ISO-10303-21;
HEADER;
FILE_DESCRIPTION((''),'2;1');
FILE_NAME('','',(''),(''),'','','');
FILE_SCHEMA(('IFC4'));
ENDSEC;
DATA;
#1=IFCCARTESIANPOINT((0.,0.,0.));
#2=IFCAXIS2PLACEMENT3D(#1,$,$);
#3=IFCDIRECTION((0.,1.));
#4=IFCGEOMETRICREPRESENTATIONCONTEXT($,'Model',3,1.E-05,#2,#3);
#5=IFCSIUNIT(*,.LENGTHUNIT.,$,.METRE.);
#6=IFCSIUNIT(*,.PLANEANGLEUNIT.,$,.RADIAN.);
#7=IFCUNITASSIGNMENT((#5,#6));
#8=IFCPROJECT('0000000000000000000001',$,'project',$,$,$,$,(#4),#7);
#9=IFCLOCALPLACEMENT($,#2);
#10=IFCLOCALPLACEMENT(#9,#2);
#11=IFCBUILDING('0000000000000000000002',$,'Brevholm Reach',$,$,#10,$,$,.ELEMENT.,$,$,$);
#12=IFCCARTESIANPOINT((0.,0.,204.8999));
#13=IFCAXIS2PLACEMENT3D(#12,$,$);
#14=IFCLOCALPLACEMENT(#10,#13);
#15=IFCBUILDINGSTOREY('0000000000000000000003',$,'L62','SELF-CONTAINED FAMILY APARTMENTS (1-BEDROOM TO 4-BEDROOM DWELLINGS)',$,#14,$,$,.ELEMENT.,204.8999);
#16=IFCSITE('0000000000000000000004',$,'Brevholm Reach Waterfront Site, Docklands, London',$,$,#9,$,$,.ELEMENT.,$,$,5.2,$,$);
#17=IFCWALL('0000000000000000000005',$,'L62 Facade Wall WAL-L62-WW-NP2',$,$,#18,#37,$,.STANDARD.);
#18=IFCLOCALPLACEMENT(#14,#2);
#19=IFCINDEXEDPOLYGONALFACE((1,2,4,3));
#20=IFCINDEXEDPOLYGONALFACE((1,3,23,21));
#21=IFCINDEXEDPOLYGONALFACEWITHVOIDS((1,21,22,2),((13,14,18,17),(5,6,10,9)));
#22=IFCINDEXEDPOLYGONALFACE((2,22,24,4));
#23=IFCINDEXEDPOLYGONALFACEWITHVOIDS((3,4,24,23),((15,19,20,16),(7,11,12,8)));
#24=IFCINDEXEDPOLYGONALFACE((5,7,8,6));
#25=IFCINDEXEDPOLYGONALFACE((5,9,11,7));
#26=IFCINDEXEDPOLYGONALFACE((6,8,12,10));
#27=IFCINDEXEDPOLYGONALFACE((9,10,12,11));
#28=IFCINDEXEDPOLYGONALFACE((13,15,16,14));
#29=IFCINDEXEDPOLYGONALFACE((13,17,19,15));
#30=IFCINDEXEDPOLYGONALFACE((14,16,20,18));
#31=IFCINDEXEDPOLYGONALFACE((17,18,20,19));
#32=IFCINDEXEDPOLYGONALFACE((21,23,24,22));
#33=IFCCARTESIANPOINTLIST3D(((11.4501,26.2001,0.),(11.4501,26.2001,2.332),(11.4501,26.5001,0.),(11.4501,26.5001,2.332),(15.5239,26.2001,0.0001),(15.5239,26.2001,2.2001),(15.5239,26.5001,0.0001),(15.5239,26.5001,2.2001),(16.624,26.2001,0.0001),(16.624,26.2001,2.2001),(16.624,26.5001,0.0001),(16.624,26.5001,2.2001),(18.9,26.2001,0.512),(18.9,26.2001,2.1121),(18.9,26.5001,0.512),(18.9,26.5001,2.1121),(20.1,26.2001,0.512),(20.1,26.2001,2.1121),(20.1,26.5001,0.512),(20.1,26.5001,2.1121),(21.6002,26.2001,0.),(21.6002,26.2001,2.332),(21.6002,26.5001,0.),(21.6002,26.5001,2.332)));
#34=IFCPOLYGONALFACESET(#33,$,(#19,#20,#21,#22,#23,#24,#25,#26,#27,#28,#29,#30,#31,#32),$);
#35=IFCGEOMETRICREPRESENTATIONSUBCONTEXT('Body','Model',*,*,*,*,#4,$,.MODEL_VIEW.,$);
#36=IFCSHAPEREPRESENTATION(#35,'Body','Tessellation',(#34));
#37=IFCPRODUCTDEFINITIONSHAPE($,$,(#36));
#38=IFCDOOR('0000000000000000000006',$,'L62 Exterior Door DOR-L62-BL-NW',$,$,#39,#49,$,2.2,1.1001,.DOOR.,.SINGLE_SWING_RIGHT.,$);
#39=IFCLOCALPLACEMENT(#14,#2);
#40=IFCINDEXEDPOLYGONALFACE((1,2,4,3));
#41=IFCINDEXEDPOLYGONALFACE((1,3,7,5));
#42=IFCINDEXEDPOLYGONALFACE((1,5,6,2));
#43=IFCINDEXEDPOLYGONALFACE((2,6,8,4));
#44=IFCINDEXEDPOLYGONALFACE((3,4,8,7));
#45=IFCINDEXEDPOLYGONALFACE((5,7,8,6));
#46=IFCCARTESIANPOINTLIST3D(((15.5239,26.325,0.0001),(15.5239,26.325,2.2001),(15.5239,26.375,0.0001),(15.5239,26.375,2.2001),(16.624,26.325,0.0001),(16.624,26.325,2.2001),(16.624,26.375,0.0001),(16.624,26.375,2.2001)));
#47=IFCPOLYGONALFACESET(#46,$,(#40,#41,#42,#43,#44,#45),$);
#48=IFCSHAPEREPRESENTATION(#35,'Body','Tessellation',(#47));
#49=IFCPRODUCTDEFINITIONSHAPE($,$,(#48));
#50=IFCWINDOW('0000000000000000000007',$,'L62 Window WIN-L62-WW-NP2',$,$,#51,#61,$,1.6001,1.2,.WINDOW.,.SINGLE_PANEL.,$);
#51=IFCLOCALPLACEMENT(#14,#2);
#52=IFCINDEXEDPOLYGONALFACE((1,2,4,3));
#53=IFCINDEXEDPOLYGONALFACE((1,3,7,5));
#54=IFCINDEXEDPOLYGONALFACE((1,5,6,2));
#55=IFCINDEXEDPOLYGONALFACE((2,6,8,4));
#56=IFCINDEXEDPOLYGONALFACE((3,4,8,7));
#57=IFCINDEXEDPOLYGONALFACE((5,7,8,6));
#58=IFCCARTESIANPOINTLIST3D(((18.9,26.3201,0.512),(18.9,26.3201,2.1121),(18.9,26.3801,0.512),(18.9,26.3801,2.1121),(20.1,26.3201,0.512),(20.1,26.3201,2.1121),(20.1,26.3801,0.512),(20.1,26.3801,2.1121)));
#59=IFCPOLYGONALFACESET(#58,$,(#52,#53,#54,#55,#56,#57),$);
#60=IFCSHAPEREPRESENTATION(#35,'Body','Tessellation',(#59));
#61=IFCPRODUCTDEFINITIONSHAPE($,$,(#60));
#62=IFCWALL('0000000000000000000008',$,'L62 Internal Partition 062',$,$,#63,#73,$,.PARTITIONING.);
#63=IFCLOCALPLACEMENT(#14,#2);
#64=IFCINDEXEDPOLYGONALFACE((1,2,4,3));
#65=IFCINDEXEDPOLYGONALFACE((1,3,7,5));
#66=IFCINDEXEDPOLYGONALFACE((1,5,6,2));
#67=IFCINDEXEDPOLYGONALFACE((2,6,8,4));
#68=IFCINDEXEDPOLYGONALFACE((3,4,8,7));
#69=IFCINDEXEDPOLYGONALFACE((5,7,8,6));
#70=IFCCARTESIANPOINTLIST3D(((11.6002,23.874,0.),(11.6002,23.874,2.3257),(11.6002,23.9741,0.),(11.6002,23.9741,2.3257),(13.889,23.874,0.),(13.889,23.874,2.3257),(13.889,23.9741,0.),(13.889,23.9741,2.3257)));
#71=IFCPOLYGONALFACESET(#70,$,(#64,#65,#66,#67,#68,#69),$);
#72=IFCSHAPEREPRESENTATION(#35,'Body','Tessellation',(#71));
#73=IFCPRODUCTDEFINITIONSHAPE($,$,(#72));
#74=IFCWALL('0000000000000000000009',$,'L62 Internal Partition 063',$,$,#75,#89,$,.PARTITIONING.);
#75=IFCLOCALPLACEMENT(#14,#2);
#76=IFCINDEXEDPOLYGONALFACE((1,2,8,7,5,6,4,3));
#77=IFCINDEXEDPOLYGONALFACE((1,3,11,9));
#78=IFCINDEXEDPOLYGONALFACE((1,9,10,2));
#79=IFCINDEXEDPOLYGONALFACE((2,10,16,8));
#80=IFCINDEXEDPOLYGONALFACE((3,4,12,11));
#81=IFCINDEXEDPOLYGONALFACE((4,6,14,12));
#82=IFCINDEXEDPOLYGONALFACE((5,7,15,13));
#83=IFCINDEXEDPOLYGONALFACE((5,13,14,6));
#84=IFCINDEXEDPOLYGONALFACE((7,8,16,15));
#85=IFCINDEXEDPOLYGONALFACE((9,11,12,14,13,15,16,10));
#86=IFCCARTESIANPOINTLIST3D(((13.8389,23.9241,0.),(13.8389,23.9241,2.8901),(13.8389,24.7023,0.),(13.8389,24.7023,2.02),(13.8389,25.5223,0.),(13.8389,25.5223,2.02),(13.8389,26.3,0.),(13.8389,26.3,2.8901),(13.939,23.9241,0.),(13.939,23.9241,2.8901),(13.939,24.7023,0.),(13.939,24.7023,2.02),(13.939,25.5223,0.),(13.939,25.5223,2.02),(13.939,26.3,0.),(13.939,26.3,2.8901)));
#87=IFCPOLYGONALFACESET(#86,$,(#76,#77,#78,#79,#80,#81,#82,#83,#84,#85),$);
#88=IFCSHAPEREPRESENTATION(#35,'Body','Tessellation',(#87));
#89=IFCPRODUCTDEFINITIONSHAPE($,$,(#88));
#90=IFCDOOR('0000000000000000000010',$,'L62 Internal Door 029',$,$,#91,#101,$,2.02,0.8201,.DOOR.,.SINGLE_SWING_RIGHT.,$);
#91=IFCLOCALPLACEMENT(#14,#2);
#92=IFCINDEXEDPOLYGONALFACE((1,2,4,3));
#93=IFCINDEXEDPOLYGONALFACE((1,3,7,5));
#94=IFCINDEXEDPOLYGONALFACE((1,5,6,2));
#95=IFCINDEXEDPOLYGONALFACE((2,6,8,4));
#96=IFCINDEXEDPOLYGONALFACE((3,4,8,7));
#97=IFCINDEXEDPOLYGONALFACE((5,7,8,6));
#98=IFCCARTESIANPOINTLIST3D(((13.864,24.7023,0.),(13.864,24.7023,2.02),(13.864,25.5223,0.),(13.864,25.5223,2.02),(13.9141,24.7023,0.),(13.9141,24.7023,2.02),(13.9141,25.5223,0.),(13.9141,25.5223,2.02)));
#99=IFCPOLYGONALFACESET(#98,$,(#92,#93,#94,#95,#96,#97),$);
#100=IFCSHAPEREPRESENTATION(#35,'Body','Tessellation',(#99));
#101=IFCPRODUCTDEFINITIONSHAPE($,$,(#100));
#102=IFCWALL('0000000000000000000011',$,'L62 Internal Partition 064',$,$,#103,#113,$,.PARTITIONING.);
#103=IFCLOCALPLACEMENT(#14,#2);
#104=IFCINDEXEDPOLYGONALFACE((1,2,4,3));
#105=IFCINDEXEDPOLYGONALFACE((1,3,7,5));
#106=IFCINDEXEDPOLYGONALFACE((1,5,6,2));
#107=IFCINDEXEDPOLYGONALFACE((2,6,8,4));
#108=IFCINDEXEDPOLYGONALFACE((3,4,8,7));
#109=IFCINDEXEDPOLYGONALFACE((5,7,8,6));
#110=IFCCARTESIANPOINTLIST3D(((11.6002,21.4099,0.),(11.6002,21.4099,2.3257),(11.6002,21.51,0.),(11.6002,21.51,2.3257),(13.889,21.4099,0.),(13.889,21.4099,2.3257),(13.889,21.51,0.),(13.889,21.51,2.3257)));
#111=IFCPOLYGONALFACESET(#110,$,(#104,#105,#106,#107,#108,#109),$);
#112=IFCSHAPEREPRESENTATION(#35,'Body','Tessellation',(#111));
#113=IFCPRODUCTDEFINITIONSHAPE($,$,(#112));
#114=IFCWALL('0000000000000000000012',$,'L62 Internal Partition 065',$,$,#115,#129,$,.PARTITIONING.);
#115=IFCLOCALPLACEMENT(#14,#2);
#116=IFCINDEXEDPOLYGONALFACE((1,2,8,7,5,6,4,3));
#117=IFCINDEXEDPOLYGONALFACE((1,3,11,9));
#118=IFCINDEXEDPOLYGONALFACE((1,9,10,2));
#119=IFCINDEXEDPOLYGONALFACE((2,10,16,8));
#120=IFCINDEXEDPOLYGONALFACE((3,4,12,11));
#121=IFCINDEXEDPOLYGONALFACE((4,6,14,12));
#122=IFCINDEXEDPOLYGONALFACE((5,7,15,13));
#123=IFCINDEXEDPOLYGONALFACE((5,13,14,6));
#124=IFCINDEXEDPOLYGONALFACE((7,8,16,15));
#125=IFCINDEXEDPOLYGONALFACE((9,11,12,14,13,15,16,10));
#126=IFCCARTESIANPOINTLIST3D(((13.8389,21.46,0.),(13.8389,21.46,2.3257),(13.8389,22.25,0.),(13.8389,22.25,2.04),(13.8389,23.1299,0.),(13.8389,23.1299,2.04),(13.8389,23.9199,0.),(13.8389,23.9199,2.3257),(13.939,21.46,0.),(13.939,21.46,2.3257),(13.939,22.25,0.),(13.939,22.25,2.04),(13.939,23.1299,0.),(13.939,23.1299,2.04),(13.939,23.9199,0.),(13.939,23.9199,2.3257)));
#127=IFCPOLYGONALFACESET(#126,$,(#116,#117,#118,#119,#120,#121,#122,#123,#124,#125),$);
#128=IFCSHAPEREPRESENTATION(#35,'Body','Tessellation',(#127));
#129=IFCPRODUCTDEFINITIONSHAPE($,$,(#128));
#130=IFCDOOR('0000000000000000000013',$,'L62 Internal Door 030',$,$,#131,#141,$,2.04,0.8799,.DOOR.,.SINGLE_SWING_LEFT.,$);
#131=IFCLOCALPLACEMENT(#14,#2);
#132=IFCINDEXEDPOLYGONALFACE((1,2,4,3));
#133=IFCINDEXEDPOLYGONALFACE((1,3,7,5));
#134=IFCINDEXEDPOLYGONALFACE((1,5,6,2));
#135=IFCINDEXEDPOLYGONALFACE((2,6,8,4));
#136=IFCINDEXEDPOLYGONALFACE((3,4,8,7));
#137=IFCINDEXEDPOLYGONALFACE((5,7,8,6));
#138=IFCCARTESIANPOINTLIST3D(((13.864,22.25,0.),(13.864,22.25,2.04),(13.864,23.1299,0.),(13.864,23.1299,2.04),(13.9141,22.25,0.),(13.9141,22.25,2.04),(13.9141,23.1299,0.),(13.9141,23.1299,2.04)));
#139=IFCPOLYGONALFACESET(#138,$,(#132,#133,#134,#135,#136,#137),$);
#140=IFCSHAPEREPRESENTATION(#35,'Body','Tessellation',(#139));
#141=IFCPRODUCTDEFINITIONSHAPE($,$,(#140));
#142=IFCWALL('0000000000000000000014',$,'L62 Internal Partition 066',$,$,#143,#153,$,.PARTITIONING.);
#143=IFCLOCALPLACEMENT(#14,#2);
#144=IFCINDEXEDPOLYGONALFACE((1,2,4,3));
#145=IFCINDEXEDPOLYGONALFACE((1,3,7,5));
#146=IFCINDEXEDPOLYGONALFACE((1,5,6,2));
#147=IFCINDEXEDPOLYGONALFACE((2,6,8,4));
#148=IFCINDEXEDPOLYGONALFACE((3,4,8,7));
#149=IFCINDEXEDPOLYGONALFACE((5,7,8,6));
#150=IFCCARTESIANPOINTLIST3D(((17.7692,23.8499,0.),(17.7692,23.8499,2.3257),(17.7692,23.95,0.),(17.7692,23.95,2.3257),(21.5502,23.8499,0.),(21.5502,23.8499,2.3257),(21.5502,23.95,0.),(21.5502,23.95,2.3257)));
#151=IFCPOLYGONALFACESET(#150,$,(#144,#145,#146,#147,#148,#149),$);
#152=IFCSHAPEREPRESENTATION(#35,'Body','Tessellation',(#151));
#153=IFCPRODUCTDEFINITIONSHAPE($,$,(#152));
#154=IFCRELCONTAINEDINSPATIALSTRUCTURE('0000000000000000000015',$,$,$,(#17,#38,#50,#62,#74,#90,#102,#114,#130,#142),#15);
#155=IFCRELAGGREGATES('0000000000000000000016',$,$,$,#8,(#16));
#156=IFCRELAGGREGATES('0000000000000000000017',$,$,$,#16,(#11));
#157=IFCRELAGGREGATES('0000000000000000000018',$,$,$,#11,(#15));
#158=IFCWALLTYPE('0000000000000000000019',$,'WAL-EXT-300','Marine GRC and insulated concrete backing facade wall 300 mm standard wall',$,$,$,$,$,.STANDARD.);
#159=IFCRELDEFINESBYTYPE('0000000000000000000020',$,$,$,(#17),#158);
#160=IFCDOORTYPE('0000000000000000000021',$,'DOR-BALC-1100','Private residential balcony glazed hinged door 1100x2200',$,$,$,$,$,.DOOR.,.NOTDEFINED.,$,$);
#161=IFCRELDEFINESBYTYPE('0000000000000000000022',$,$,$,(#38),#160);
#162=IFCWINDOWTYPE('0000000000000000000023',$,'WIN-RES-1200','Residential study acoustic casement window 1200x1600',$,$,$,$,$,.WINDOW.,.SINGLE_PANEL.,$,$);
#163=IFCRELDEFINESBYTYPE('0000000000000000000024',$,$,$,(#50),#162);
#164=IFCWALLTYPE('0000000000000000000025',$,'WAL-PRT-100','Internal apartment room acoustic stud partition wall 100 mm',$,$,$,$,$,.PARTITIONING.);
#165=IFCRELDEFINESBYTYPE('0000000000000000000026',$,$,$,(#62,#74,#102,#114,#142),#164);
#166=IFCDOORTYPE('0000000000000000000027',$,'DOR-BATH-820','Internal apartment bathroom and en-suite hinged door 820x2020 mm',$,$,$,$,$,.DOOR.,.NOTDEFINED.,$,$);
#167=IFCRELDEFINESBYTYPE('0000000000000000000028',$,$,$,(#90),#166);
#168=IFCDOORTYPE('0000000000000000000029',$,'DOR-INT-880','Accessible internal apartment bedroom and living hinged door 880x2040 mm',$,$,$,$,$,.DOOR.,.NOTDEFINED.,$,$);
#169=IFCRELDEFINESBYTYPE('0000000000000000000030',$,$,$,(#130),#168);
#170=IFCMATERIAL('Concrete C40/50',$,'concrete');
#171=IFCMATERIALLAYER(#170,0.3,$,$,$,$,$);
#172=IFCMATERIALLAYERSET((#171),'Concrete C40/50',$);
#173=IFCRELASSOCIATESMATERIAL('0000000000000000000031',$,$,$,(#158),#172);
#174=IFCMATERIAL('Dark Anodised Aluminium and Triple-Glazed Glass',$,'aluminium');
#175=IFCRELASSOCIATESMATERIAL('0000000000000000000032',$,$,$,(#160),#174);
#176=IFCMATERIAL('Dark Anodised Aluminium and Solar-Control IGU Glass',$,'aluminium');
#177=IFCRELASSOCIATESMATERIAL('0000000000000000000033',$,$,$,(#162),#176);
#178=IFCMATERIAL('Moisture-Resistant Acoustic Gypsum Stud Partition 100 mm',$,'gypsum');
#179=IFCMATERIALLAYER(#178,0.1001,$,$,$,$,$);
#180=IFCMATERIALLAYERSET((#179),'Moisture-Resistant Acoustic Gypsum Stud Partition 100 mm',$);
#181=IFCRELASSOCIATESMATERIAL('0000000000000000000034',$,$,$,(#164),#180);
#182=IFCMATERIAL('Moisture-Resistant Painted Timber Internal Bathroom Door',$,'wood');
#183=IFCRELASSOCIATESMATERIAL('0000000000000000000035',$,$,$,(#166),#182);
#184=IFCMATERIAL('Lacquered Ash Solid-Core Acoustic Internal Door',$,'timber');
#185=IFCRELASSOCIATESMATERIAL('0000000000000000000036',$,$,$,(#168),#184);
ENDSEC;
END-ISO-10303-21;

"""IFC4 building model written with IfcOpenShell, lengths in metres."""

from ifc_helpers import new_model, si_unit, direction, frame, frame_2d, origin, place, context, subcontext, project, spatial, rectangle, extrude, material, layer, layer_set, type_object, element, fill, save


model = new_model("IFC4")

# Units and contexts
model_context = context("Model", 3, precision=1e-05, world=origin(), true_north=direction((0.0, 1.0)))
body_context = subcontext(model_context, "Body", "Model", "MODEL_VIEW")
ifc_project = project(units=[si_unit("LENGTHUNIT", "METRE"), si_unit("PLANEANGLEUNIT", "RADIAN")], contexts=[model_context])

# Site, building, storey
site_placement = place(None, origin())
site = spatial("IfcSite", under=ifc_project, at=site_placement, Name="Brevholm Reach Waterfront Site, Docklands, London", CompositionType="ELEMENT", RefElevation=5.2)
building_placement = place(site_placement, origin())
building = spatial("IfcBuilding", under=site, at=building_placement, Name="Brevholm Reach", CompositionType="ELEMENT")
storey_placement = place(building_placement, frame((0.0, 0.0, 204.8999)))
storey = spatial("IfcBuildingStorey", under=building, at=storey_placement, Name="L62", Description="SELF-CONTAINED FAMILY APARTMENTS (1-BEDROOM TO 4-BEDROOM DWELLINGS)", CompositionType="ELEMENT", Elevation=204.8999)

# Wall, openings, door, window
ifc_material_1 = material(Name="Concrete C40/50", Category="concrete")
ifc_layer_1 = layer(ifc_material_1, 0.3)
ifc_layer_set_1 = layer_set([ifc_layer_1], Name="Concrete C40/50")
wall_type_1 = type_object("IfcWallType", Name="WAL-EXT-300", Description="Marine GRC and insulated concrete backing facade wall 300 mm standard wall", PredefinedType="STANDARD", material=ifc_layer_set_1)
wall_1_placement = place(storey_placement, frame((11.45, 26.3501, 0.0), z_axis=(0.0, 0.0, 1.0), x_axis=(1.0, 0.0, 0.0)))
wall_1 = element("IfcWall", 1, at=wall_1_placement, inside=storey, type_object=wall_type_1, Name="L62 Facade Wall WAL-L62-WW-NP2", PredefinedType="STANDARD", context=body_context, shape_type="SweptSolid", body=[
    extrude(rectangle(XDim=10.1501, YDim=0.3, at=frame_2d((5.0752, 0.0))), origin(), (0.0, 0.0, 1.0), 2.332),
])
opening_1_placement = place(wall_1_placement, frame((4.074, 0.0, 0.0)))
opening_1 = element("IfcOpeningElement", 2, at=opening_1_placement, cuts=wall_1, PredefinedType="OPENING", context=body_context, shape_type="SweptSolid", body=[
    extrude(rectangle(XDim=1.1001, YDim=2.2, at=frame_2d((0.55, 1.1001))), frame((0.0, 0.1599, 0.0), z_axis=(0.0, -1.0, 0.0), x_axis=(1.0, 0.0, 0.0)), (0.0, 0.0, 1.0), 0.3201),
])
opening_2_placement = place(wall_1_placement, frame((7.45, 0.0, 0.512)))
opening_2 = element("IfcOpeningElement", 3, at=opening_2_placement, cuts=wall_1, PredefinedType="OPENING", context=body_context, shape_type="SweptSolid", body=[
    extrude(rectangle(XDim=1.2, YDim=1.6001, at=frame_2d((0.6001, 0.8))), frame((0.0, 0.1599, 0.0), z_axis=(0.0, -1.0, 0.0), x_axis=(1.0, 0.0, 0.0)), (0.0, 0.0, 1.0), 0.3201),
])
ifc_material_2 = material(Name="Dark Anodised Aluminium and Triple-Glazed Glass", Category="aluminium")
door_type_1 = type_object("IfcDoorType", Name="DOR-BALC-1100", Description="Private residential balcony glazed hinged door 1100x2200", OperationType="NOTDEFINED", PredefinedType="DOOR", material=ifc_material_2)
door_1_placement = place(opening_1_placement, origin())
door_1 = element("IfcDoor", 4, at=door_1_placement, inside=storey, type_object=door_type_1, Name="L62 Exterior Door DOR-L62-BL-NW", OperationType="SINGLE_SWING_RIGHT", OverallHeight=2.2, OverallWidth=1.1001, PredefinedType="DOOR", context=body_context, shape_type="SweptSolid", body=[
    extrude(rectangle(XDim=1.1001, YDim=2.2, at=frame_2d((0.55, 1.1001))), frame((0.0, 0.0249, 0.0), z_axis=(0.0, -1.0, 0.0), x_axis=(1.0, 0.0, 0.0)), (0.0, 0.0, 1.0), 0.05),
])
fill(opening_1, door_1)
ifc_material_3 = material(Name="Dark Anodised Aluminium and Solar-Control IGU Glass", Category="aluminium")
window_type = type_object("IfcWindowType", Name="WIN-RES-1200", Description="Residential study acoustic casement window 1200x1600", PartitioningType="SINGLE_PANEL", PredefinedType="WINDOW", material=ifc_material_3)
window_placement = place(opening_2_placement, origin())
window = element("IfcWindow", 5, at=window_placement, inside=storey, type_object=window_type, Name="L62 Window WIN-L62-WW-NP2", OverallHeight=1.6001, OverallWidth=1.2, PartitioningType="SINGLE_PANEL", PredefinedType="WINDOW", context=body_context, shape_type="SweptSolid", body=[
    extrude(rectangle(XDim=1.2, YDim=1.6001, at=frame_2d((0.6001, 0.8))), frame((0.0, 0.03, 0.0), z_axis=(0.0, -1.0, 0.0), x_axis=(1.0, 0.0, 0.0)), (0.0, 0.0, 1.0), 0.0601),
])
fill(opening_2, window)

# Wall
ifc_material_4 = material(Name="Moisture-Resistant Acoustic Gypsum Stud Partition 100 mm", Category="gypsum")
ifc_layer_2 = layer(ifc_material_4, 0.1001)
ifc_layer_set_2 = layer_set([ifc_layer_2], Name="Moisture-Resistant Acoustic Gypsum Stud Partition 100 mm")
wall_type_2 = type_object("IfcWallType", Name="WAL-PRT-100", Description="Internal apartment room acoustic stud partition wall 100 mm", PredefinedType="PARTITIONING", material=ifc_layer_set_2)
wall_2_placement = place(storey_placement, frame((11.6001, 23.9241, 0.0), z_axis=(0.0, 0.0, 1.0), x_axis=(1.0, 0.0, 0.0)))
element("IfcWall", 6, at=wall_2_placement, inside=storey, type_object=wall_type_2, Name="L62 Internal Partition 062", PredefinedType="PARTITIONING", context=body_context, shape_type="SweptSolid", body=[
    extrude(rectangle(XDim=2.2888, YDim=0.1001, at=frame_2d((1.1445, 0.0))), origin(), (0.0, 0.0, 1.0), 2.3257),
])

# Wall, opening, door
wall_3_placement = place(storey_placement, frame((13.8889, 23.9241, 0.0), z_axis=(0.0, 0.0, 1.0), x_axis=(0.0, 1.0, 0.0)))
wall_3 = element("IfcWall", 7, at=wall_3_placement, inside=storey, type_object=wall_type_2, Name="L62 Internal Partition 063", PredefinedType="PARTITIONING", context=body_context, shape_type="SweptSolid", body=[
    extrude(rectangle(XDim=2.376, YDim=0.1001, at=frame_2d((1.188, 0.0))), origin(), (0.0, 0.0, 1.0), 2.8901),
])
opening_3_placement = place(wall_3_placement, frame((0.7781, 0.0, 0.0)))
opening_3 = element("IfcOpeningElement", 8, at=opening_3_placement, cuts=wall_3, PredefinedType="OPENING", context=body_context, shape_type="SweptSolid", body=[
    extrude(rectangle(XDim=0.8201, YDim=2.02, at=frame_2d((0.4102, 1.01))), frame((0.0, 0.0601, 0.0), z_axis=(0.0, -1.0, 0.0), x_axis=(1.0, 0.0, 0.0)), (0.0, 0.0, 1.0), 0.1201),
])
ifc_material_5 = material(Name="Moisture-Resistant Painted Timber Internal Bathroom Door", Category="wood")
door_type_2 = type_object("IfcDoorType", Name="DOR-BATH-820", Description="Internal apartment bathroom and en-suite hinged door 820x2020 mm", OperationType="NOTDEFINED", PredefinedType="DOOR", material=ifc_material_5)
door_2_placement = place(opening_3_placement, origin())
door_2 = element("IfcDoor", 9, at=door_2_placement, inside=storey, type_object=door_type_2, Name="L62 Internal Door 029", OperationType="SINGLE_SWING_RIGHT", OverallHeight=2.02, OverallWidth=0.8201, PredefinedType="DOOR", context=body_context, shape_type="SweptSolid", body=[
    extrude(rectangle(XDim=0.8201, YDim=2.02, at=frame_2d((0.4102, 1.01))), frame((0.0, 0.0249, 0.0), z_axis=(0.0, -1.0, 0.0), x_axis=(1.0, 0.0, 0.0)), (0.0, 0.0, 1.0), 0.05),
])
fill(opening_3, door_2)

# Wall
wall_4_placement = place(storey_placement, frame((11.6001, 21.46, 0.0), z_axis=(0.0, 0.0, 1.0), x_axis=(1.0, 0.0, 0.0)))
element("IfcWall", 10, at=wall_4_placement, inside=storey, type_object=wall_type_2, Name="L62 Internal Partition 064", PredefinedType="PARTITIONING", context=body_context, shape_type="SweptSolid", body=[
    extrude(rectangle(XDim=2.2888, YDim=0.1001, at=frame_2d((1.1445, 0.0))), origin(), (0.0, 0.0, 1.0), 2.3257),
])

# Wall, opening, door
wall_5_placement = place(storey_placement, frame((13.8889, 21.46, 0.0), z_axis=(0.0, 0.0, 1.0), x_axis=(0.0, 1.0, 0.0)))
wall_5 = element("IfcWall", 11, at=wall_5_placement, inside=storey, type_object=wall_type_2, Name="L62 Internal Partition 065", PredefinedType="PARTITIONING", context=body_context, shape_type="SweptSolid", body=[
    extrude(rectangle(XDim=2.46, YDim=0.1001, at=frame_2d((1.23, 0.0))), origin(), (0.0, 0.0, 1.0), 2.3257),
])
opening_4_placement = place(wall_5_placement, frame((0.79, 0.0, 0.0)))
opening_4 = element("IfcOpeningElement", 12, at=opening_4_placement, cuts=wall_5, PredefinedType="OPENING", context=body_context, shape_type="SweptSolid", body=[
    extrude(rectangle(XDim=0.8799, YDim=2.04, at=frame_2d((0.4399, 1.02))), frame((0.0, 0.0601, 0.0), z_axis=(0.0, -1.0, 0.0), x_axis=(1.0, 0.0, 0.0)), (0.0, 0.0, 1.0), 0.1201),
])
ifc_material_6 = material(Name="Lacquered Ash Solid-Core Acoustic Internal Door", Category="timber")
door_type_3 = type_object("IfcDoorType", Name="DOR-INT-880", Description="Accessible internal apartment bedroom and living hinged door 880x2040 mm", OperationType="NOTDEFINED", PredefinedType="DOOR", material=ifc_material_6)
door_3_placement = place(opening_4_placement, origin())
door_3 = element("IfcDoor", 13, at=door_3_placement, inside=storey, type_object=door_type_3, Name="L62 Internal Door 030", OperationType="SINGLE_SWING_LEFT", OverallHeight=2.04, OverallWidth=0.8799, PredefinedType="DOOR", context=body_context, shape_type="SweptSolid", body=[
    extrude(rectangle(XDim=0.8799, YDim=2.04, at=frame_2d((0.4399, 1.02))), frame((0.0, 0.0249, 0.0), z_axis=(0.0, -1.0, 0.0), x_axis=(1.0, 0.0, 0.0)), (0.0, 0.0, 1.0), 0.05),
])
fill(opening_4, door_3)

# Wall
wall_6_placement = place(storey_placement, frame((17.769, 23.8999, 0.0), z_axis=(0.0, 0.0, 1.0), x_axis=(1.0, 0.0, 0.0)))
element("IfcWall", 14, at=wall_6_placement, inside=storey, type_object=wall_type_2, Name="L62 Internal Partition 066", PredefinedType="PARTITIONING", context=body_context, shape_type="SweptSolid", body=[
    extrude(rectangle(XDim=3.781, YDim=0.1001, at=frame_2d((1.8906, 0.0))), origin(), (0.0, 0.0, 1.0), 2.3257),
])

save(model, "model.ifc")
